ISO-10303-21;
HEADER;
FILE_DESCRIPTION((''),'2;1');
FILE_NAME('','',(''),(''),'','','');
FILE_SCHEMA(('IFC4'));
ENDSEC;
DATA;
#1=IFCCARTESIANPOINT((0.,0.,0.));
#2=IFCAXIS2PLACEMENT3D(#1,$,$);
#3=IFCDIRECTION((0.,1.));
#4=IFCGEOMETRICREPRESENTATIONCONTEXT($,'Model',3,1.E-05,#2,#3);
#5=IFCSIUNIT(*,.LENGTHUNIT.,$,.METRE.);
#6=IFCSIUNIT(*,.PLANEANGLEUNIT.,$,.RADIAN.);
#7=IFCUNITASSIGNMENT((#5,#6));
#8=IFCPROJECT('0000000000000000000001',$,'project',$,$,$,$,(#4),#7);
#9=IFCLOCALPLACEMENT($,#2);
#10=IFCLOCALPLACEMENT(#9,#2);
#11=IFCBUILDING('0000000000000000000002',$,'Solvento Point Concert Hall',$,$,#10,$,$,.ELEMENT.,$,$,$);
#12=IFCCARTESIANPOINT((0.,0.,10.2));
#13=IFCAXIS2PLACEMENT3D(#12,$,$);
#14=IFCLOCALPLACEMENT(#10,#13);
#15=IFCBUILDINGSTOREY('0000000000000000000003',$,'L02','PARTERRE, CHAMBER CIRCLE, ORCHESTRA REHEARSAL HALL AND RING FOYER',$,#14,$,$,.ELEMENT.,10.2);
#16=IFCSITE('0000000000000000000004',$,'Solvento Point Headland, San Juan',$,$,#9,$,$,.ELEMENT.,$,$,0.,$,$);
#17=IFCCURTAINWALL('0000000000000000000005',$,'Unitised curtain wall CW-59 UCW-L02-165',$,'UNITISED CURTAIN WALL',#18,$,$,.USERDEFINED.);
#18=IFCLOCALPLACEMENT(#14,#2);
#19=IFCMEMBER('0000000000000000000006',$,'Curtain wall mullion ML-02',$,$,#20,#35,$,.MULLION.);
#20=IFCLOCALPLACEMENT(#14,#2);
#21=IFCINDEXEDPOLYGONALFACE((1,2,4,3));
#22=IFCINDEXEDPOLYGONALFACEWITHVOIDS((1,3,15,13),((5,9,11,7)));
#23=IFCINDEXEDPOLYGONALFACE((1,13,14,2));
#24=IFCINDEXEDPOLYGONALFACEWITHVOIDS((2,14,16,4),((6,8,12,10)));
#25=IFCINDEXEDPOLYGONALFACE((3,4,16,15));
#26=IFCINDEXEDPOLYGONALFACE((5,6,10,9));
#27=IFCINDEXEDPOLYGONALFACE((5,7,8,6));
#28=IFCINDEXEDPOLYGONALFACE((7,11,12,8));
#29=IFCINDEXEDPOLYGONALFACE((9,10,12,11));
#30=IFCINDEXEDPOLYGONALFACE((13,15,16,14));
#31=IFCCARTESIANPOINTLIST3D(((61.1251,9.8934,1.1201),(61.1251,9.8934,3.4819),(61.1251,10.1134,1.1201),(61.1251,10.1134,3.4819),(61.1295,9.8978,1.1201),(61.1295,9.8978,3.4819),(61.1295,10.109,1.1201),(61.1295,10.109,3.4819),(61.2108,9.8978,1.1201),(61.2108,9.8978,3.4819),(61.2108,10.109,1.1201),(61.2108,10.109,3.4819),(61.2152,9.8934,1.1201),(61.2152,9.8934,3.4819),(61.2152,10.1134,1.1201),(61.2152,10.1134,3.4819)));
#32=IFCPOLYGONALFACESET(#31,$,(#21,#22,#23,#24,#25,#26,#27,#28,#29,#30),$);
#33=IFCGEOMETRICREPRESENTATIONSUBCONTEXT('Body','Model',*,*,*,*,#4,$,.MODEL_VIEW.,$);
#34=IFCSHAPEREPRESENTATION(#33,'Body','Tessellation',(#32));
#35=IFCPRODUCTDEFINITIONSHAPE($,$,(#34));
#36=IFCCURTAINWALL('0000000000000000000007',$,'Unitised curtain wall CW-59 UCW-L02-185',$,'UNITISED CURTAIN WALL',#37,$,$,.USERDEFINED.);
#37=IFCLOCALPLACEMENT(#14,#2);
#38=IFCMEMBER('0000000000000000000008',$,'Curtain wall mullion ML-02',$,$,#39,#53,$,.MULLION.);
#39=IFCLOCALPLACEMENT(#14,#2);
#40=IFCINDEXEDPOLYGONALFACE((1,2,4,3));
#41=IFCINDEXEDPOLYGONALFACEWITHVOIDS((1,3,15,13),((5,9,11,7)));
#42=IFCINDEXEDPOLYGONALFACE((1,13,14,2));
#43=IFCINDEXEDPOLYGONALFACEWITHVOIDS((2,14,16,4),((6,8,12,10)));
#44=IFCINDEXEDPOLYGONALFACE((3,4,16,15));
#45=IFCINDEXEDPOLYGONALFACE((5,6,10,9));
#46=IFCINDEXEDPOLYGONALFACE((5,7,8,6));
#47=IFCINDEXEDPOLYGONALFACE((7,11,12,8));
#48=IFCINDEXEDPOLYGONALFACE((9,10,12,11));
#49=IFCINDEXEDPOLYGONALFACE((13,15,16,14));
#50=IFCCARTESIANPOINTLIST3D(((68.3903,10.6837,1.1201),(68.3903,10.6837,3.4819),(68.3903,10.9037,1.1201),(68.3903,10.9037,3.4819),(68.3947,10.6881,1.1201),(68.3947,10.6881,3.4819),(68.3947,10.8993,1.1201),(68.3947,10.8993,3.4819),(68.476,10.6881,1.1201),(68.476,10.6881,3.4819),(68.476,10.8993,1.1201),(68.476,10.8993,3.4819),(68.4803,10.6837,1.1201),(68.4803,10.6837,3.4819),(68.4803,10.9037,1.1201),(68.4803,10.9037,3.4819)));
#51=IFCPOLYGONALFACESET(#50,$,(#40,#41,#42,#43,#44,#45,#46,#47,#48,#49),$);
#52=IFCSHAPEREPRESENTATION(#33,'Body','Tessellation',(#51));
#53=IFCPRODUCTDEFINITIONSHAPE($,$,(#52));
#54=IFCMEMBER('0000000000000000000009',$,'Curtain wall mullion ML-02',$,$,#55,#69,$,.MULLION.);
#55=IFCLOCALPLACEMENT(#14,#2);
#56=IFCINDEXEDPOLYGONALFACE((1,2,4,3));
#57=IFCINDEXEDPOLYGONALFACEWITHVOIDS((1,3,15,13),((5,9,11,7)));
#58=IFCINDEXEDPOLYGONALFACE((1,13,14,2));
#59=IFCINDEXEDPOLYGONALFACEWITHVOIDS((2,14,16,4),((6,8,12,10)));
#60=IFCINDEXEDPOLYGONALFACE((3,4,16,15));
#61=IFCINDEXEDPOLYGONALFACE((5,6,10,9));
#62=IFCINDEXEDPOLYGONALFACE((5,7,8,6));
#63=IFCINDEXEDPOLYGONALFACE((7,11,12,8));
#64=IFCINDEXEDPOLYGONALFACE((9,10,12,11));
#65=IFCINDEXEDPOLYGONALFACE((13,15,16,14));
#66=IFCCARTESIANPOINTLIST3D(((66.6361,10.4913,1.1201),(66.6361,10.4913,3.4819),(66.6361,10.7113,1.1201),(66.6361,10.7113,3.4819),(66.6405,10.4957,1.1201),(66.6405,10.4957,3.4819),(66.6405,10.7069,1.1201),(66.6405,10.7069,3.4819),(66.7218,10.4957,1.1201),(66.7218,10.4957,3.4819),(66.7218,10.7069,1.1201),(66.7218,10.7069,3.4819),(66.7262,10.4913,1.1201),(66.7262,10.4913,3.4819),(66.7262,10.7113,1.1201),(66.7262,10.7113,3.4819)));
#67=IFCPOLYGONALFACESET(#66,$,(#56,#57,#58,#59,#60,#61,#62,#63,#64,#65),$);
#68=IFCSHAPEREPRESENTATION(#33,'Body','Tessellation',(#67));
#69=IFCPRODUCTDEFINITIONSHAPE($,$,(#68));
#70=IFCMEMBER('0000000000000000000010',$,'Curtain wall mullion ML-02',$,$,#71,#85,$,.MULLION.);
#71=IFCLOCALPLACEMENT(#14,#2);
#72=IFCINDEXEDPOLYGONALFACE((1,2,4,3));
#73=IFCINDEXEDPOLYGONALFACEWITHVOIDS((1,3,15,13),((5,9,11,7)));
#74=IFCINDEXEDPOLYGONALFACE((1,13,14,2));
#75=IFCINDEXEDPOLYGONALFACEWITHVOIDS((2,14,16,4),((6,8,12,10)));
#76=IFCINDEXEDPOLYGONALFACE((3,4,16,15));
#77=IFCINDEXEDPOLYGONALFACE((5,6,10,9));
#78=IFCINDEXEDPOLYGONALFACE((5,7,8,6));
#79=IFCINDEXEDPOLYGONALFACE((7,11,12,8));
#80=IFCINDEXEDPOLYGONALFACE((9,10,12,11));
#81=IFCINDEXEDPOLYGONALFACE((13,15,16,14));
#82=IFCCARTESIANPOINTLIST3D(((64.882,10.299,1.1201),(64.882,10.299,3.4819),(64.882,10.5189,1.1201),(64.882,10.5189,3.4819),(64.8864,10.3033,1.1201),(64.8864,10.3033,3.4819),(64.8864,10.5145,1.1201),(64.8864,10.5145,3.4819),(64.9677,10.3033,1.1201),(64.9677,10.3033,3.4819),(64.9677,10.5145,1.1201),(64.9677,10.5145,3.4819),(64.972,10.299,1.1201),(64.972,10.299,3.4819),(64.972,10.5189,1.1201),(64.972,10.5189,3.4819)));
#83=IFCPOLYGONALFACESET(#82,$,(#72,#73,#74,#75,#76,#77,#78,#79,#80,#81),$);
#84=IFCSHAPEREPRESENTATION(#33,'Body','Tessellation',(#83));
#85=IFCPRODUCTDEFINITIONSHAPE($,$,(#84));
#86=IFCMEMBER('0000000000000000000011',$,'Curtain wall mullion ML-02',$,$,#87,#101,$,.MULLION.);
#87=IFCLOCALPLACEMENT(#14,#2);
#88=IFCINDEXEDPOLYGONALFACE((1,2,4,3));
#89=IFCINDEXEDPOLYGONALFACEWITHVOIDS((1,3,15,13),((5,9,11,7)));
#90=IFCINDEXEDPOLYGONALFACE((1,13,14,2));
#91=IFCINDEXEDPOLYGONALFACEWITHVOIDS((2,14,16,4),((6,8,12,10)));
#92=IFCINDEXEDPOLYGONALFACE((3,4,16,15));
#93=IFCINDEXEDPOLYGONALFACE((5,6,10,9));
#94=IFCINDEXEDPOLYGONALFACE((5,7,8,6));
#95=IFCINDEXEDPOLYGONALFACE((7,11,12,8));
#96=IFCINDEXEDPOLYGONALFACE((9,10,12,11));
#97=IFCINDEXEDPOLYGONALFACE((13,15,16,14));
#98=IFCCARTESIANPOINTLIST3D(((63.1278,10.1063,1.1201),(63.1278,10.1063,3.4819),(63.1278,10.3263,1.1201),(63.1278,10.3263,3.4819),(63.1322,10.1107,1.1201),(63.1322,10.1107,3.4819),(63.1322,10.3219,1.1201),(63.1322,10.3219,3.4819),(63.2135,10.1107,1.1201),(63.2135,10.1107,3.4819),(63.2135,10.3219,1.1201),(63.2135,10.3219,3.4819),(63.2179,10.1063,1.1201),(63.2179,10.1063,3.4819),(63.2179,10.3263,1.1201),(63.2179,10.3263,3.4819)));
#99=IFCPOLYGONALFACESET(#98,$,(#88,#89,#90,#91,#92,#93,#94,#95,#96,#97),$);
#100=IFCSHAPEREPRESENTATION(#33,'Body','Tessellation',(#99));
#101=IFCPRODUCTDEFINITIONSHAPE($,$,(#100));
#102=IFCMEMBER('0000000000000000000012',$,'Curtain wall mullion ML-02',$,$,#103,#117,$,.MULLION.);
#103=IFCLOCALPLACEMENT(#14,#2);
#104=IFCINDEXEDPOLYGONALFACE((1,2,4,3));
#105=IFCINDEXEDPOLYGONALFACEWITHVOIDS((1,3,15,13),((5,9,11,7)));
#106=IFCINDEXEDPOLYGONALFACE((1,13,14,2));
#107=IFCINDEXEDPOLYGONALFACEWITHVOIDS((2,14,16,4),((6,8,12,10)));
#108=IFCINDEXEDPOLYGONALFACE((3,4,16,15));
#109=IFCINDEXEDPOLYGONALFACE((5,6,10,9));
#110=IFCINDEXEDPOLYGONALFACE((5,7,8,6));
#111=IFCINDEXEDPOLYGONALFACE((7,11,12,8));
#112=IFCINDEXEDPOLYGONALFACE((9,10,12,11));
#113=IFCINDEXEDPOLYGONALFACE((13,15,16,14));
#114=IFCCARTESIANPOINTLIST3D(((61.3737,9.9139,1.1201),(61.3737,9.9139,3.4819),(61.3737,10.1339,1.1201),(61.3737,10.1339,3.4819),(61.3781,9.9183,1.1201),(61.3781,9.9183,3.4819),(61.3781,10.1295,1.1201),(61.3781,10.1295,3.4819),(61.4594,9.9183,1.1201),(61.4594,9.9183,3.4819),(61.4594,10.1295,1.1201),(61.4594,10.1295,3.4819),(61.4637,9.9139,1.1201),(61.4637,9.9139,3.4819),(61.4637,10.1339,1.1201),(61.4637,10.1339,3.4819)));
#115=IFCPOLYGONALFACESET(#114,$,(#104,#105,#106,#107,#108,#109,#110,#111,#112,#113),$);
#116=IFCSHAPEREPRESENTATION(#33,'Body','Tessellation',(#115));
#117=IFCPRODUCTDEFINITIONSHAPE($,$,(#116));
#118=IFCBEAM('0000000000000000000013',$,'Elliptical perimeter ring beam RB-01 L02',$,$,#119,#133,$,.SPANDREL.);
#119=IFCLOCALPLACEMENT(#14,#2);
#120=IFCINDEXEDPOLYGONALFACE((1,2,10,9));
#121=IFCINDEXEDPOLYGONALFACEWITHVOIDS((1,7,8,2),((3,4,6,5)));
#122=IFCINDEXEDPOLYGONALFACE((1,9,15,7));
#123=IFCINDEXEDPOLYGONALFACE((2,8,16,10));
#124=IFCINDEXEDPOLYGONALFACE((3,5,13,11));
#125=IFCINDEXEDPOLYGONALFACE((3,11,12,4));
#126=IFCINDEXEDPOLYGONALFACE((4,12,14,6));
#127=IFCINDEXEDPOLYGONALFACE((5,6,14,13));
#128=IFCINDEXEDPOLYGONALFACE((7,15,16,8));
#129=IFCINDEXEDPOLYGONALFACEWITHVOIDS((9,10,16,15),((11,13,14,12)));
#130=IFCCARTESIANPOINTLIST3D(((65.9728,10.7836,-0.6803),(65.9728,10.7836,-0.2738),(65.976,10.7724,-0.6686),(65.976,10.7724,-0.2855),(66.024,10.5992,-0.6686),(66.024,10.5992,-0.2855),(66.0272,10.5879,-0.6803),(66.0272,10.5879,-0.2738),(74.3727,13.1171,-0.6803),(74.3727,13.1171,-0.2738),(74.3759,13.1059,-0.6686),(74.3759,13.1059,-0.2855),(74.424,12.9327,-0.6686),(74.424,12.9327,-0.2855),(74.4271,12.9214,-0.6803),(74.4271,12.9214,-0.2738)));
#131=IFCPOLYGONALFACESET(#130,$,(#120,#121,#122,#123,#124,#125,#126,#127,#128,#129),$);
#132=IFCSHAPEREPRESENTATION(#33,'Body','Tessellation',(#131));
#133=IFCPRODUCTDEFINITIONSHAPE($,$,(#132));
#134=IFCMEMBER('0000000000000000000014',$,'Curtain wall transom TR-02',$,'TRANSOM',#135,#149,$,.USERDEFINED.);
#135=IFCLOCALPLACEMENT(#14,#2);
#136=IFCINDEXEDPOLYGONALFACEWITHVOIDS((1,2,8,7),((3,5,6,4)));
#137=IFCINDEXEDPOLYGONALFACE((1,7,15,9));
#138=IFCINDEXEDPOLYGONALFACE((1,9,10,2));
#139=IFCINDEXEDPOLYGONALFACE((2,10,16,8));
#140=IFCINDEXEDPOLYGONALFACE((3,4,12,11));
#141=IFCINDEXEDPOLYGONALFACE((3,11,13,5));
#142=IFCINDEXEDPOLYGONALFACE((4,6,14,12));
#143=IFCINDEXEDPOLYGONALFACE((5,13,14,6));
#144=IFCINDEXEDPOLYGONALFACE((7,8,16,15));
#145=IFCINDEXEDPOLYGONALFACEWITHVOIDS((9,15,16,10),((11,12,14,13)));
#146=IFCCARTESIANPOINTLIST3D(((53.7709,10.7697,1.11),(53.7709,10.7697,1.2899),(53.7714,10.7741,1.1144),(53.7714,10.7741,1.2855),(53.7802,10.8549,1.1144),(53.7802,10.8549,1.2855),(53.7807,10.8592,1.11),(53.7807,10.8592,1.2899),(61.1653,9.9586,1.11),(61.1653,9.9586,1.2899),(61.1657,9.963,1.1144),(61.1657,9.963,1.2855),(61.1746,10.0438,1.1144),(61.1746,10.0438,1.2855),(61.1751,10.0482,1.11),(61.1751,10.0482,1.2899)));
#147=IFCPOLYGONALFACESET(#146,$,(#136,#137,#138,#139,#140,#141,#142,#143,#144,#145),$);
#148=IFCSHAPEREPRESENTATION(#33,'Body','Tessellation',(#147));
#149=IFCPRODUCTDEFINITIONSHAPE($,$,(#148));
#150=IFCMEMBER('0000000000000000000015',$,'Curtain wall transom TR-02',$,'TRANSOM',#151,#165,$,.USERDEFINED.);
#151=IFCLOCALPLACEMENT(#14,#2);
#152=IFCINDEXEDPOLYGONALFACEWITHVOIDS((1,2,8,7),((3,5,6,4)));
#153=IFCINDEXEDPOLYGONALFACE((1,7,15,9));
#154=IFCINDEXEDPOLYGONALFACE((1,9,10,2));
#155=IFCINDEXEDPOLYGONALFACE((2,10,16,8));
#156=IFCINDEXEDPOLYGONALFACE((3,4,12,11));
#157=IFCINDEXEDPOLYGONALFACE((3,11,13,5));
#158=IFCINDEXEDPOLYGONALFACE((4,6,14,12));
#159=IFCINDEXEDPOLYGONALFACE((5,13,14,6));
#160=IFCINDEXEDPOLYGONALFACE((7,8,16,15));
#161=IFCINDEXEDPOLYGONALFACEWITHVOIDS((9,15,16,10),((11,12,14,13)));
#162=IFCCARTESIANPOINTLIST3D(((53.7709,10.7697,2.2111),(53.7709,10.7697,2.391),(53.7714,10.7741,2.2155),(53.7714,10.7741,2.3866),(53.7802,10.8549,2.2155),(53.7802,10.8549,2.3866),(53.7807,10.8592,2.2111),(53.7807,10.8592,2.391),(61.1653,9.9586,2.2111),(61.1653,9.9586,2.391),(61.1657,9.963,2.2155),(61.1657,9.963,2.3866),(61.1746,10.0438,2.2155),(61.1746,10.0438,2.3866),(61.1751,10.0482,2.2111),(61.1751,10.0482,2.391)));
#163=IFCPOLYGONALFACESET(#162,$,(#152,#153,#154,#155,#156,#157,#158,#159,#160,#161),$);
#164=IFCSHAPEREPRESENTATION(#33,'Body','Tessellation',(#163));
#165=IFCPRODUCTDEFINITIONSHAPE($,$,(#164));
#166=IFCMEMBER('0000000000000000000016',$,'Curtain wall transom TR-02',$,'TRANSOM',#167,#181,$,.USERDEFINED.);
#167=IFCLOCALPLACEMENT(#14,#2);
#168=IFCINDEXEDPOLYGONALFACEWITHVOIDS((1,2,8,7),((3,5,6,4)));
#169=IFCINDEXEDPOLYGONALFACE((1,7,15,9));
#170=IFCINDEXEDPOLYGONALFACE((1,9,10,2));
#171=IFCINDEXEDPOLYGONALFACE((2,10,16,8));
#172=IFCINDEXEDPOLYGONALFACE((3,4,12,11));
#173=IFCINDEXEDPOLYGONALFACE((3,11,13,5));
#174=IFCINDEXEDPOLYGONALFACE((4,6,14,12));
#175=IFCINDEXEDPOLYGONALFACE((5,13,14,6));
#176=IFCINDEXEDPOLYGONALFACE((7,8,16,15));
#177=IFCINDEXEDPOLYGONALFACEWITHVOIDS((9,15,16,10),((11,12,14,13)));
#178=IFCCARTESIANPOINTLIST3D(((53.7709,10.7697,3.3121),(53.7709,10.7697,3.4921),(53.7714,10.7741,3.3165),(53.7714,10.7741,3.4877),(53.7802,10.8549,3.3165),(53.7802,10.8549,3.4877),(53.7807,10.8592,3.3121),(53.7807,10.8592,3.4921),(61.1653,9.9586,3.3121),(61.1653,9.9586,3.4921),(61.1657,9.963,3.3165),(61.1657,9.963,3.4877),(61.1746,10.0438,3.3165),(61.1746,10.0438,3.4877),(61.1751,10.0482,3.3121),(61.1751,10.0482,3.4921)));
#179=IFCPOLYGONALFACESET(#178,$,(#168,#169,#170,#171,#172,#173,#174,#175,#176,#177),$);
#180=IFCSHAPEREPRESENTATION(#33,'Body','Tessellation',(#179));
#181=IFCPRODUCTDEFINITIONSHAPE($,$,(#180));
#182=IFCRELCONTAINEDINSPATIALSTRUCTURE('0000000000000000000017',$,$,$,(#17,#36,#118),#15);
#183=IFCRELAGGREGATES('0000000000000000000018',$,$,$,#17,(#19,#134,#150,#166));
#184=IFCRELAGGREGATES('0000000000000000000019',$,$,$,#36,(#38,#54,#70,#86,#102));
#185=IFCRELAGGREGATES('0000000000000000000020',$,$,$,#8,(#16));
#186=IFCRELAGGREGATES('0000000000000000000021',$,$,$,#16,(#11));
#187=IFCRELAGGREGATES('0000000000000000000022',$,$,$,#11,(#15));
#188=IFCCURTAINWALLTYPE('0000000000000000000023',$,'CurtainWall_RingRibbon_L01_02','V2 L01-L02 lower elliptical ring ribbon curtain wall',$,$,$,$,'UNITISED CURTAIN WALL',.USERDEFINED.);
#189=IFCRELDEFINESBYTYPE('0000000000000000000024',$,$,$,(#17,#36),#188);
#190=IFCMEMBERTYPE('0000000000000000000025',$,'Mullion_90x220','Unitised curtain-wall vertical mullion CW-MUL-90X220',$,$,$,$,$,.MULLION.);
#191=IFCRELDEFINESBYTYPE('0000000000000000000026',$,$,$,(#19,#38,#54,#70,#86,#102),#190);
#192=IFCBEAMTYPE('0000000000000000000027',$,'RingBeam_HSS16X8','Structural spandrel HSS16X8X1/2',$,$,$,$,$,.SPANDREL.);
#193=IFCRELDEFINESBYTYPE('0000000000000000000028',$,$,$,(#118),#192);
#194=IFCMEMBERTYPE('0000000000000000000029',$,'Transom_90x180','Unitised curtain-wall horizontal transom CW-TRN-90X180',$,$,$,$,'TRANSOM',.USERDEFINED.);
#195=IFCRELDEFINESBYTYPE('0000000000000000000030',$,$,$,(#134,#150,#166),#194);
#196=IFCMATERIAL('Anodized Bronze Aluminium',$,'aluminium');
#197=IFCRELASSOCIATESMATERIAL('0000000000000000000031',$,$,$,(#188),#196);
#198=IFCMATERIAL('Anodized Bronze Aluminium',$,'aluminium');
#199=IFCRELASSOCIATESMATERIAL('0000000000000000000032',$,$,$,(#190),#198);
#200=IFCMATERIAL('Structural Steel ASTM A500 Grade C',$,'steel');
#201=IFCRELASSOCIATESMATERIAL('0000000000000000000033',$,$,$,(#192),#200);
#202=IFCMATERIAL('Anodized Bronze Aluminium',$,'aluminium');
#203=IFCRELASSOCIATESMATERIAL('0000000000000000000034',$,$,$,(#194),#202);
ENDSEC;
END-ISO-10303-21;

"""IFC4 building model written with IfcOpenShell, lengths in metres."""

from ifc_helpers import new_model, si_unit, direction, frame, origin, origin_2d, place, context, subcontext, project, spatial, hollow_rectangle, extrude, material, material_profile, profile_set, type_object, element, aggregate, save


model = new_model("IFC4")

# Units and contexts
model_context = context("Model", 3, precision=1e-05, world=origin(), true_north=direction((0.0, 1.0)))
body_context = subcontext(model_context, "Body", "Model", "MODEL_VIEW")
ifc_project = project(units=[si_unit("LENGTHUNIT", "METRE"), si_unit("PLANEANGLEUNIT", "RADIAN")], contexts=[model_context])

# Site, building, storey
site_placement = place(None, origin())
site = spatial("IfcSite", under=ifc_project, at=site_placement, Name="Solvento Point Headland, San Juan", CompositionType="ELEMENT", RefElevation=0.0)
building_placement = place(site_placement, origin())
building = spatial("IfcBuilding", under=site, at=building_placement, Name="Solvento Point Concert Hall", CompositionType="ELEMENT")
storey_placement = place(building_placement, frame((0.0, 0.0, 10.2)))
storey = spatial("IfcBuildingStorey", under=building, at=storey_placement, Name="L02", Description="PARTERRE, CHAMBER CIRCLE, ORCHESTRA REHEARSAL HALL AND RING FOYER", CompositionType="ELEMENT", Elevation=10.2)

# Curtain wall, member
ifc_material_1 = material(Name="Anodized Bronze Aluminium", Category="aluminium")
curtain_wall_type = type_object("IfcCurtainWallType", Name="CurtainWall_RingRibbon_L01_02", Description="V2 L01-L02 lower elliptical ring ribbon curtain wall", ElementType="UNITISED CURTAIN WALL", PredefinedType="USERDEFINED", material=ifc_material_1)
curtain_wall_1_placement = place(storey_placement, origin())
curtain_wall_1 = element("IfcCurtainWall", 1, at=curtain_wall_1_placement, inside=storey, type_object=curtain_wall_type, Name="Unitised curtain wall CW-59 UCW-L02-165", ObjectType="UNITISED CURTAIN WALL", PredefinedType="USERDEFINED")
ifc_material_2 = material(Name="Anodized Bronze Aluminium", Category="aluminium")
ifc_material_profile_1 = material_profile(ifc_material_2, hollow_rectangle(XDim=0.0901, YDim=0.22, WallThickness=0.0044, at=origin_2d()), Name="CW-MUL-90X220")
ifc_profile_set_1 = profile_set([ifc_material_profile_1], Name="Anodized Bronze Aluminium")
member_type_1 = type_object("IfcMemberType", Name="Mullion_90x220", Description="Unitised curtain-wall vertical mullion CW-MUL-90X220", PredefinedType="MULLION", material=ifc_profile_set_1)
member_1_placement = place(storey_placement, frame((61.1702, 10.0034, 1.1201), z_axis=(0.0, 0.0, 1.0), x_axis=(1.0, 0.0, 0.0)))
member_1 = element("IfcMember", 2, at=member_1_placement, type_object=member_type_1, Name="Curtain wall mullion ML-02", PredefinedType="MULLION", context=body_context, shape_type="SweptSolid", body=[
    extrude(hollow_rectangle(XDim=0.0901, YDim=0.22, WallThickness=0.0044, at=origin_2d()), origin(), (0.0, 0.0, 1.0), 2.3618),
])

# Curtain wall, members
curtain_wall_2_placement = place(storey_placement, origin())
curtain_wall_2 = element("IfcCurtainWall", 3, at=curtain_wall_2_placement, inside=storey, type_object=curtain_wall_type, Name="Unitised curtain wall CW-59 UCW-L02-185", ObjectType="UNITISED CURTAIN WALL", PredefinedType="USERDEFINED")
member_2_placement = place(storey_placement, frame((68.4353, 10.7937, 1.1201), z_axis=(0.0, 0.0, 1.0), x_axis=(1.0, 0.0, 0.0)))
member_2 = element("IfcMember", 4, at=member_2_placement, type_object=member_type_1, Name="Curtain wall mullion ML-02", PredefinedType="MULLION", context=body_context, shape_type="SweptSolid", body=[
    extrude(hollow_rectangle(XDim=0.0901, YDim=0.22, WallThickness=0.0044, at=origin_2d()), origin(), (0.0, 0.0, 1.0), 2.3618),
])
member_3_placement = place(storey_placement, frame((66.6812, 10.6013, 1.1201), z_axis=(0.0, 0.0, 1.0), x_axis=(1.0, 0.0, 0.0)))
member_3 = element("IfcMember", 5, at=member_3_placement, type_object=member_type_1, Name="Curtain wall mullion ML-02", PredefinedType="MULLION", context=body_context, shape_type="SweptSolid", body=[
    extrude(hollow_rectangle(XDim=0.0901, YDim=0.22, WallThickness=0.0044, at=origin_2d()), origin(), (0.0, 0.0, 1.0), 2.3618),
])
member_4_placement = place(storey_placement, frame((64.927, 10.4089, 1.1201), z_axis=(0.0, 0.0, 1.0), x_axis=(1.0, 0.0, 0.0)))
member_4 = element("IfcMember", 6, at=member_4_placement, type_object=member_type_1, Name="Curtain wall mullion ML-02", PredefinedType="MULLION", context=body_context, shape_type="SweptSolid", body=[
    extrude(hollow_rectangle(XDim=0.0901, YDim=0.22, WallThickness=0.0044, at=origin_2d()), origin(), (0.0, 0.0, 1.0), 2.3618),
])
member_5_placement = place(storey_placement, frame((63.1729, 10.2163, 1.1201), z_axis=(0.0, 0.0, 1.0), x_axis=(1.0, 0.0, 0.0)))
member_5 = element("IfcMember", 7, at=member_5_placement, type_object=member_type_1, Name="Curtain wall mullion ML-02", PredefinedType="MULLION", context=body_context, shape_type="SweptSolid", body=[
    extrude(hollow_rectangle(XDim=0.0901, YDim=0.22, WallThickness=0.0044, at=origin_2d()), origin(), (0.0, 0.0, 1.0), 2.3618),
])
member_6_placement = place(storey_placement, frame((61.4187, 10.0239, 1.1201), z_axis=(0.0, 0.0, 1.0), x_axis=(1.0, 0.0, 0.0)))
member_6 = element("IfcMember", 8, at=member_6_placement, type_object=member_type_1, Name="Curtain wall mullion ML-02", PredefinedType="MULLION", context=body_context, shape_type="SweptSolid", body=[
    extrude(hollow_rectangle(XDim=0.0901, YDim=0.22, WallThickness=0.0044, at=origin_2d()), origin(), (0.0, 0.0, 1.0), 2.3618),
])

# Beam
ifc_material_3 = material(Name="Structural Steel ASTM A500 Grade C", Category="steel")
ifc_material_profile_2 = material_profile(ifc_material_3, hollow_rectangle(XDim=0.2031, YDim=0.4065, WallThickness=0.0117, at=origin_2d()), Name="HSS16X8X1/2")
ifc_profile_set_2 = profile_set([ifc_material_profile_2], Name="Structural Steel ASTM A500 Grade C")
beam_type = type_object("IfcBeamType", Name="RingBeam_HSS16X8", Description="Structural spandrel HSS16X8X1/2", PredefinedType="SPANDREL", material=ifc_profile_set_2)
beam_placement = place(storey_placement, frame((66.0, 10.6858, -0.4771), z_axis=(0.963512, 0.267664, 0.0), x_axis=(-0.267664, 0.963512, 0.0)))
element("IfcBeam", 9, at=beam_placement, inside=storey, type_object=beam_type, Name="Elliptical perimeter ring beam RB-01 L02", PredefinedType="SPANDREL", context=body_context, shape_type="SweptSolid", body=[
    extrude(hollow_rectangle(XDim=0.2031, YDim=0.4065, WallThickness=0.0117, at=origin_2d()), origin(), (0.0, 0.0, 1.0), 8.718),
])

# Members
ifc_material_4 = material(Name="Anodized Bronze Aluminium", Category="aluminium")
ifc_material_profile_3 = material_profile(ifc_material_4, hollow_rectangle(XDim=0.0901, YDim=0.1799, WallThickness=0.0044, at=origin_2d()), Name="CW-TRN-90X180")
ifc_profile_set_3 = profile_set([ifc_material_profile_3], Name="Anodized Bronze Aluminium")
member_type_2 = type_object("IfcMemberType", Name="Transom_90x180", Description="Unitised curtain-wall horizontal transom CW-TRN-90X180", ElementType="TRANSOM", PredefinedType="USERDEFINED", material=ifc_profile_set_3)
member_7_placement = place(storey_placement, frame((61.1702, 10.0034, 1.2), z_axis=(-0.994038, 0.10903, 0.0), x_axis=(-0.10903, -0.994038, 0.0)))
member_7 = element("IfcMember", 10, at=member_7_placement, type_object=member_type_2, Name="Curtain wall transom TR-02", ObjectType="TRANSOM", PredefinedType="USERDEFINED", context=body_context, shape_type="SweptSolid", body=[
    extrude(hollow_rectangle(XDim=0.0901, YDim=0.1799, WallThickness=0.0044, at=origin_2d()), origin(), (0.0, 0.0, 1.0), 7.4387),
])
member_8_placement = place(storey_placement, frame((61.1702, 10.0034, 2.301), z_axis=(-0.994038, 0.10903, 0.0), x_axis=(-0.10903, -0.994038, 0.0)))
member_8 = element("IfcMember", 11, at=member_8_placement, type_object=member_type_2, Name="Curtain wall transom TR-02", ObjectType="TRANSOM", PredefinedType="USERDEFINED", context=body_context, shape_type="SweptSolid", body=[
    extrude(hollow_rectangle(XDim=0.0901, YDim=0.1799, WallThickness=0.0044, at=origin_2d()), origin(), (0.0, 0.0, 1.0), 7.4387),
])
member_9_placement = place(storey_placement, frame((61.1702, 10.0034, 3.4021), z_axis=(-0.994038, 0.10903, 0.0), x_axis=(-0.10903, -0.994038, 0.0)))
member_9 = element("IfcMember", 12, at=member_9_placement, type_object=member_type_2, Name="Curtain wall transom TR-02", ObjectType="TRANSOM", PredefinedType="USERDEFINED", context=body_context, shape_type="SweptSolid", body=[
    extrude(hollow_rectangle(XDim=0.0901, YDim=0.1799, WallThickness=0.0044, at=origin_2d()), origin(), (0.0, 0.0, 1.0), 7.4387),
])

aggregate(curtain_wall_1, [member_1, member_7, member_8, member_9])
aggregate(curtain_wall_2, [member_2, member_3, member_4, member_5, member_6])

save(model, "model.ifc")
